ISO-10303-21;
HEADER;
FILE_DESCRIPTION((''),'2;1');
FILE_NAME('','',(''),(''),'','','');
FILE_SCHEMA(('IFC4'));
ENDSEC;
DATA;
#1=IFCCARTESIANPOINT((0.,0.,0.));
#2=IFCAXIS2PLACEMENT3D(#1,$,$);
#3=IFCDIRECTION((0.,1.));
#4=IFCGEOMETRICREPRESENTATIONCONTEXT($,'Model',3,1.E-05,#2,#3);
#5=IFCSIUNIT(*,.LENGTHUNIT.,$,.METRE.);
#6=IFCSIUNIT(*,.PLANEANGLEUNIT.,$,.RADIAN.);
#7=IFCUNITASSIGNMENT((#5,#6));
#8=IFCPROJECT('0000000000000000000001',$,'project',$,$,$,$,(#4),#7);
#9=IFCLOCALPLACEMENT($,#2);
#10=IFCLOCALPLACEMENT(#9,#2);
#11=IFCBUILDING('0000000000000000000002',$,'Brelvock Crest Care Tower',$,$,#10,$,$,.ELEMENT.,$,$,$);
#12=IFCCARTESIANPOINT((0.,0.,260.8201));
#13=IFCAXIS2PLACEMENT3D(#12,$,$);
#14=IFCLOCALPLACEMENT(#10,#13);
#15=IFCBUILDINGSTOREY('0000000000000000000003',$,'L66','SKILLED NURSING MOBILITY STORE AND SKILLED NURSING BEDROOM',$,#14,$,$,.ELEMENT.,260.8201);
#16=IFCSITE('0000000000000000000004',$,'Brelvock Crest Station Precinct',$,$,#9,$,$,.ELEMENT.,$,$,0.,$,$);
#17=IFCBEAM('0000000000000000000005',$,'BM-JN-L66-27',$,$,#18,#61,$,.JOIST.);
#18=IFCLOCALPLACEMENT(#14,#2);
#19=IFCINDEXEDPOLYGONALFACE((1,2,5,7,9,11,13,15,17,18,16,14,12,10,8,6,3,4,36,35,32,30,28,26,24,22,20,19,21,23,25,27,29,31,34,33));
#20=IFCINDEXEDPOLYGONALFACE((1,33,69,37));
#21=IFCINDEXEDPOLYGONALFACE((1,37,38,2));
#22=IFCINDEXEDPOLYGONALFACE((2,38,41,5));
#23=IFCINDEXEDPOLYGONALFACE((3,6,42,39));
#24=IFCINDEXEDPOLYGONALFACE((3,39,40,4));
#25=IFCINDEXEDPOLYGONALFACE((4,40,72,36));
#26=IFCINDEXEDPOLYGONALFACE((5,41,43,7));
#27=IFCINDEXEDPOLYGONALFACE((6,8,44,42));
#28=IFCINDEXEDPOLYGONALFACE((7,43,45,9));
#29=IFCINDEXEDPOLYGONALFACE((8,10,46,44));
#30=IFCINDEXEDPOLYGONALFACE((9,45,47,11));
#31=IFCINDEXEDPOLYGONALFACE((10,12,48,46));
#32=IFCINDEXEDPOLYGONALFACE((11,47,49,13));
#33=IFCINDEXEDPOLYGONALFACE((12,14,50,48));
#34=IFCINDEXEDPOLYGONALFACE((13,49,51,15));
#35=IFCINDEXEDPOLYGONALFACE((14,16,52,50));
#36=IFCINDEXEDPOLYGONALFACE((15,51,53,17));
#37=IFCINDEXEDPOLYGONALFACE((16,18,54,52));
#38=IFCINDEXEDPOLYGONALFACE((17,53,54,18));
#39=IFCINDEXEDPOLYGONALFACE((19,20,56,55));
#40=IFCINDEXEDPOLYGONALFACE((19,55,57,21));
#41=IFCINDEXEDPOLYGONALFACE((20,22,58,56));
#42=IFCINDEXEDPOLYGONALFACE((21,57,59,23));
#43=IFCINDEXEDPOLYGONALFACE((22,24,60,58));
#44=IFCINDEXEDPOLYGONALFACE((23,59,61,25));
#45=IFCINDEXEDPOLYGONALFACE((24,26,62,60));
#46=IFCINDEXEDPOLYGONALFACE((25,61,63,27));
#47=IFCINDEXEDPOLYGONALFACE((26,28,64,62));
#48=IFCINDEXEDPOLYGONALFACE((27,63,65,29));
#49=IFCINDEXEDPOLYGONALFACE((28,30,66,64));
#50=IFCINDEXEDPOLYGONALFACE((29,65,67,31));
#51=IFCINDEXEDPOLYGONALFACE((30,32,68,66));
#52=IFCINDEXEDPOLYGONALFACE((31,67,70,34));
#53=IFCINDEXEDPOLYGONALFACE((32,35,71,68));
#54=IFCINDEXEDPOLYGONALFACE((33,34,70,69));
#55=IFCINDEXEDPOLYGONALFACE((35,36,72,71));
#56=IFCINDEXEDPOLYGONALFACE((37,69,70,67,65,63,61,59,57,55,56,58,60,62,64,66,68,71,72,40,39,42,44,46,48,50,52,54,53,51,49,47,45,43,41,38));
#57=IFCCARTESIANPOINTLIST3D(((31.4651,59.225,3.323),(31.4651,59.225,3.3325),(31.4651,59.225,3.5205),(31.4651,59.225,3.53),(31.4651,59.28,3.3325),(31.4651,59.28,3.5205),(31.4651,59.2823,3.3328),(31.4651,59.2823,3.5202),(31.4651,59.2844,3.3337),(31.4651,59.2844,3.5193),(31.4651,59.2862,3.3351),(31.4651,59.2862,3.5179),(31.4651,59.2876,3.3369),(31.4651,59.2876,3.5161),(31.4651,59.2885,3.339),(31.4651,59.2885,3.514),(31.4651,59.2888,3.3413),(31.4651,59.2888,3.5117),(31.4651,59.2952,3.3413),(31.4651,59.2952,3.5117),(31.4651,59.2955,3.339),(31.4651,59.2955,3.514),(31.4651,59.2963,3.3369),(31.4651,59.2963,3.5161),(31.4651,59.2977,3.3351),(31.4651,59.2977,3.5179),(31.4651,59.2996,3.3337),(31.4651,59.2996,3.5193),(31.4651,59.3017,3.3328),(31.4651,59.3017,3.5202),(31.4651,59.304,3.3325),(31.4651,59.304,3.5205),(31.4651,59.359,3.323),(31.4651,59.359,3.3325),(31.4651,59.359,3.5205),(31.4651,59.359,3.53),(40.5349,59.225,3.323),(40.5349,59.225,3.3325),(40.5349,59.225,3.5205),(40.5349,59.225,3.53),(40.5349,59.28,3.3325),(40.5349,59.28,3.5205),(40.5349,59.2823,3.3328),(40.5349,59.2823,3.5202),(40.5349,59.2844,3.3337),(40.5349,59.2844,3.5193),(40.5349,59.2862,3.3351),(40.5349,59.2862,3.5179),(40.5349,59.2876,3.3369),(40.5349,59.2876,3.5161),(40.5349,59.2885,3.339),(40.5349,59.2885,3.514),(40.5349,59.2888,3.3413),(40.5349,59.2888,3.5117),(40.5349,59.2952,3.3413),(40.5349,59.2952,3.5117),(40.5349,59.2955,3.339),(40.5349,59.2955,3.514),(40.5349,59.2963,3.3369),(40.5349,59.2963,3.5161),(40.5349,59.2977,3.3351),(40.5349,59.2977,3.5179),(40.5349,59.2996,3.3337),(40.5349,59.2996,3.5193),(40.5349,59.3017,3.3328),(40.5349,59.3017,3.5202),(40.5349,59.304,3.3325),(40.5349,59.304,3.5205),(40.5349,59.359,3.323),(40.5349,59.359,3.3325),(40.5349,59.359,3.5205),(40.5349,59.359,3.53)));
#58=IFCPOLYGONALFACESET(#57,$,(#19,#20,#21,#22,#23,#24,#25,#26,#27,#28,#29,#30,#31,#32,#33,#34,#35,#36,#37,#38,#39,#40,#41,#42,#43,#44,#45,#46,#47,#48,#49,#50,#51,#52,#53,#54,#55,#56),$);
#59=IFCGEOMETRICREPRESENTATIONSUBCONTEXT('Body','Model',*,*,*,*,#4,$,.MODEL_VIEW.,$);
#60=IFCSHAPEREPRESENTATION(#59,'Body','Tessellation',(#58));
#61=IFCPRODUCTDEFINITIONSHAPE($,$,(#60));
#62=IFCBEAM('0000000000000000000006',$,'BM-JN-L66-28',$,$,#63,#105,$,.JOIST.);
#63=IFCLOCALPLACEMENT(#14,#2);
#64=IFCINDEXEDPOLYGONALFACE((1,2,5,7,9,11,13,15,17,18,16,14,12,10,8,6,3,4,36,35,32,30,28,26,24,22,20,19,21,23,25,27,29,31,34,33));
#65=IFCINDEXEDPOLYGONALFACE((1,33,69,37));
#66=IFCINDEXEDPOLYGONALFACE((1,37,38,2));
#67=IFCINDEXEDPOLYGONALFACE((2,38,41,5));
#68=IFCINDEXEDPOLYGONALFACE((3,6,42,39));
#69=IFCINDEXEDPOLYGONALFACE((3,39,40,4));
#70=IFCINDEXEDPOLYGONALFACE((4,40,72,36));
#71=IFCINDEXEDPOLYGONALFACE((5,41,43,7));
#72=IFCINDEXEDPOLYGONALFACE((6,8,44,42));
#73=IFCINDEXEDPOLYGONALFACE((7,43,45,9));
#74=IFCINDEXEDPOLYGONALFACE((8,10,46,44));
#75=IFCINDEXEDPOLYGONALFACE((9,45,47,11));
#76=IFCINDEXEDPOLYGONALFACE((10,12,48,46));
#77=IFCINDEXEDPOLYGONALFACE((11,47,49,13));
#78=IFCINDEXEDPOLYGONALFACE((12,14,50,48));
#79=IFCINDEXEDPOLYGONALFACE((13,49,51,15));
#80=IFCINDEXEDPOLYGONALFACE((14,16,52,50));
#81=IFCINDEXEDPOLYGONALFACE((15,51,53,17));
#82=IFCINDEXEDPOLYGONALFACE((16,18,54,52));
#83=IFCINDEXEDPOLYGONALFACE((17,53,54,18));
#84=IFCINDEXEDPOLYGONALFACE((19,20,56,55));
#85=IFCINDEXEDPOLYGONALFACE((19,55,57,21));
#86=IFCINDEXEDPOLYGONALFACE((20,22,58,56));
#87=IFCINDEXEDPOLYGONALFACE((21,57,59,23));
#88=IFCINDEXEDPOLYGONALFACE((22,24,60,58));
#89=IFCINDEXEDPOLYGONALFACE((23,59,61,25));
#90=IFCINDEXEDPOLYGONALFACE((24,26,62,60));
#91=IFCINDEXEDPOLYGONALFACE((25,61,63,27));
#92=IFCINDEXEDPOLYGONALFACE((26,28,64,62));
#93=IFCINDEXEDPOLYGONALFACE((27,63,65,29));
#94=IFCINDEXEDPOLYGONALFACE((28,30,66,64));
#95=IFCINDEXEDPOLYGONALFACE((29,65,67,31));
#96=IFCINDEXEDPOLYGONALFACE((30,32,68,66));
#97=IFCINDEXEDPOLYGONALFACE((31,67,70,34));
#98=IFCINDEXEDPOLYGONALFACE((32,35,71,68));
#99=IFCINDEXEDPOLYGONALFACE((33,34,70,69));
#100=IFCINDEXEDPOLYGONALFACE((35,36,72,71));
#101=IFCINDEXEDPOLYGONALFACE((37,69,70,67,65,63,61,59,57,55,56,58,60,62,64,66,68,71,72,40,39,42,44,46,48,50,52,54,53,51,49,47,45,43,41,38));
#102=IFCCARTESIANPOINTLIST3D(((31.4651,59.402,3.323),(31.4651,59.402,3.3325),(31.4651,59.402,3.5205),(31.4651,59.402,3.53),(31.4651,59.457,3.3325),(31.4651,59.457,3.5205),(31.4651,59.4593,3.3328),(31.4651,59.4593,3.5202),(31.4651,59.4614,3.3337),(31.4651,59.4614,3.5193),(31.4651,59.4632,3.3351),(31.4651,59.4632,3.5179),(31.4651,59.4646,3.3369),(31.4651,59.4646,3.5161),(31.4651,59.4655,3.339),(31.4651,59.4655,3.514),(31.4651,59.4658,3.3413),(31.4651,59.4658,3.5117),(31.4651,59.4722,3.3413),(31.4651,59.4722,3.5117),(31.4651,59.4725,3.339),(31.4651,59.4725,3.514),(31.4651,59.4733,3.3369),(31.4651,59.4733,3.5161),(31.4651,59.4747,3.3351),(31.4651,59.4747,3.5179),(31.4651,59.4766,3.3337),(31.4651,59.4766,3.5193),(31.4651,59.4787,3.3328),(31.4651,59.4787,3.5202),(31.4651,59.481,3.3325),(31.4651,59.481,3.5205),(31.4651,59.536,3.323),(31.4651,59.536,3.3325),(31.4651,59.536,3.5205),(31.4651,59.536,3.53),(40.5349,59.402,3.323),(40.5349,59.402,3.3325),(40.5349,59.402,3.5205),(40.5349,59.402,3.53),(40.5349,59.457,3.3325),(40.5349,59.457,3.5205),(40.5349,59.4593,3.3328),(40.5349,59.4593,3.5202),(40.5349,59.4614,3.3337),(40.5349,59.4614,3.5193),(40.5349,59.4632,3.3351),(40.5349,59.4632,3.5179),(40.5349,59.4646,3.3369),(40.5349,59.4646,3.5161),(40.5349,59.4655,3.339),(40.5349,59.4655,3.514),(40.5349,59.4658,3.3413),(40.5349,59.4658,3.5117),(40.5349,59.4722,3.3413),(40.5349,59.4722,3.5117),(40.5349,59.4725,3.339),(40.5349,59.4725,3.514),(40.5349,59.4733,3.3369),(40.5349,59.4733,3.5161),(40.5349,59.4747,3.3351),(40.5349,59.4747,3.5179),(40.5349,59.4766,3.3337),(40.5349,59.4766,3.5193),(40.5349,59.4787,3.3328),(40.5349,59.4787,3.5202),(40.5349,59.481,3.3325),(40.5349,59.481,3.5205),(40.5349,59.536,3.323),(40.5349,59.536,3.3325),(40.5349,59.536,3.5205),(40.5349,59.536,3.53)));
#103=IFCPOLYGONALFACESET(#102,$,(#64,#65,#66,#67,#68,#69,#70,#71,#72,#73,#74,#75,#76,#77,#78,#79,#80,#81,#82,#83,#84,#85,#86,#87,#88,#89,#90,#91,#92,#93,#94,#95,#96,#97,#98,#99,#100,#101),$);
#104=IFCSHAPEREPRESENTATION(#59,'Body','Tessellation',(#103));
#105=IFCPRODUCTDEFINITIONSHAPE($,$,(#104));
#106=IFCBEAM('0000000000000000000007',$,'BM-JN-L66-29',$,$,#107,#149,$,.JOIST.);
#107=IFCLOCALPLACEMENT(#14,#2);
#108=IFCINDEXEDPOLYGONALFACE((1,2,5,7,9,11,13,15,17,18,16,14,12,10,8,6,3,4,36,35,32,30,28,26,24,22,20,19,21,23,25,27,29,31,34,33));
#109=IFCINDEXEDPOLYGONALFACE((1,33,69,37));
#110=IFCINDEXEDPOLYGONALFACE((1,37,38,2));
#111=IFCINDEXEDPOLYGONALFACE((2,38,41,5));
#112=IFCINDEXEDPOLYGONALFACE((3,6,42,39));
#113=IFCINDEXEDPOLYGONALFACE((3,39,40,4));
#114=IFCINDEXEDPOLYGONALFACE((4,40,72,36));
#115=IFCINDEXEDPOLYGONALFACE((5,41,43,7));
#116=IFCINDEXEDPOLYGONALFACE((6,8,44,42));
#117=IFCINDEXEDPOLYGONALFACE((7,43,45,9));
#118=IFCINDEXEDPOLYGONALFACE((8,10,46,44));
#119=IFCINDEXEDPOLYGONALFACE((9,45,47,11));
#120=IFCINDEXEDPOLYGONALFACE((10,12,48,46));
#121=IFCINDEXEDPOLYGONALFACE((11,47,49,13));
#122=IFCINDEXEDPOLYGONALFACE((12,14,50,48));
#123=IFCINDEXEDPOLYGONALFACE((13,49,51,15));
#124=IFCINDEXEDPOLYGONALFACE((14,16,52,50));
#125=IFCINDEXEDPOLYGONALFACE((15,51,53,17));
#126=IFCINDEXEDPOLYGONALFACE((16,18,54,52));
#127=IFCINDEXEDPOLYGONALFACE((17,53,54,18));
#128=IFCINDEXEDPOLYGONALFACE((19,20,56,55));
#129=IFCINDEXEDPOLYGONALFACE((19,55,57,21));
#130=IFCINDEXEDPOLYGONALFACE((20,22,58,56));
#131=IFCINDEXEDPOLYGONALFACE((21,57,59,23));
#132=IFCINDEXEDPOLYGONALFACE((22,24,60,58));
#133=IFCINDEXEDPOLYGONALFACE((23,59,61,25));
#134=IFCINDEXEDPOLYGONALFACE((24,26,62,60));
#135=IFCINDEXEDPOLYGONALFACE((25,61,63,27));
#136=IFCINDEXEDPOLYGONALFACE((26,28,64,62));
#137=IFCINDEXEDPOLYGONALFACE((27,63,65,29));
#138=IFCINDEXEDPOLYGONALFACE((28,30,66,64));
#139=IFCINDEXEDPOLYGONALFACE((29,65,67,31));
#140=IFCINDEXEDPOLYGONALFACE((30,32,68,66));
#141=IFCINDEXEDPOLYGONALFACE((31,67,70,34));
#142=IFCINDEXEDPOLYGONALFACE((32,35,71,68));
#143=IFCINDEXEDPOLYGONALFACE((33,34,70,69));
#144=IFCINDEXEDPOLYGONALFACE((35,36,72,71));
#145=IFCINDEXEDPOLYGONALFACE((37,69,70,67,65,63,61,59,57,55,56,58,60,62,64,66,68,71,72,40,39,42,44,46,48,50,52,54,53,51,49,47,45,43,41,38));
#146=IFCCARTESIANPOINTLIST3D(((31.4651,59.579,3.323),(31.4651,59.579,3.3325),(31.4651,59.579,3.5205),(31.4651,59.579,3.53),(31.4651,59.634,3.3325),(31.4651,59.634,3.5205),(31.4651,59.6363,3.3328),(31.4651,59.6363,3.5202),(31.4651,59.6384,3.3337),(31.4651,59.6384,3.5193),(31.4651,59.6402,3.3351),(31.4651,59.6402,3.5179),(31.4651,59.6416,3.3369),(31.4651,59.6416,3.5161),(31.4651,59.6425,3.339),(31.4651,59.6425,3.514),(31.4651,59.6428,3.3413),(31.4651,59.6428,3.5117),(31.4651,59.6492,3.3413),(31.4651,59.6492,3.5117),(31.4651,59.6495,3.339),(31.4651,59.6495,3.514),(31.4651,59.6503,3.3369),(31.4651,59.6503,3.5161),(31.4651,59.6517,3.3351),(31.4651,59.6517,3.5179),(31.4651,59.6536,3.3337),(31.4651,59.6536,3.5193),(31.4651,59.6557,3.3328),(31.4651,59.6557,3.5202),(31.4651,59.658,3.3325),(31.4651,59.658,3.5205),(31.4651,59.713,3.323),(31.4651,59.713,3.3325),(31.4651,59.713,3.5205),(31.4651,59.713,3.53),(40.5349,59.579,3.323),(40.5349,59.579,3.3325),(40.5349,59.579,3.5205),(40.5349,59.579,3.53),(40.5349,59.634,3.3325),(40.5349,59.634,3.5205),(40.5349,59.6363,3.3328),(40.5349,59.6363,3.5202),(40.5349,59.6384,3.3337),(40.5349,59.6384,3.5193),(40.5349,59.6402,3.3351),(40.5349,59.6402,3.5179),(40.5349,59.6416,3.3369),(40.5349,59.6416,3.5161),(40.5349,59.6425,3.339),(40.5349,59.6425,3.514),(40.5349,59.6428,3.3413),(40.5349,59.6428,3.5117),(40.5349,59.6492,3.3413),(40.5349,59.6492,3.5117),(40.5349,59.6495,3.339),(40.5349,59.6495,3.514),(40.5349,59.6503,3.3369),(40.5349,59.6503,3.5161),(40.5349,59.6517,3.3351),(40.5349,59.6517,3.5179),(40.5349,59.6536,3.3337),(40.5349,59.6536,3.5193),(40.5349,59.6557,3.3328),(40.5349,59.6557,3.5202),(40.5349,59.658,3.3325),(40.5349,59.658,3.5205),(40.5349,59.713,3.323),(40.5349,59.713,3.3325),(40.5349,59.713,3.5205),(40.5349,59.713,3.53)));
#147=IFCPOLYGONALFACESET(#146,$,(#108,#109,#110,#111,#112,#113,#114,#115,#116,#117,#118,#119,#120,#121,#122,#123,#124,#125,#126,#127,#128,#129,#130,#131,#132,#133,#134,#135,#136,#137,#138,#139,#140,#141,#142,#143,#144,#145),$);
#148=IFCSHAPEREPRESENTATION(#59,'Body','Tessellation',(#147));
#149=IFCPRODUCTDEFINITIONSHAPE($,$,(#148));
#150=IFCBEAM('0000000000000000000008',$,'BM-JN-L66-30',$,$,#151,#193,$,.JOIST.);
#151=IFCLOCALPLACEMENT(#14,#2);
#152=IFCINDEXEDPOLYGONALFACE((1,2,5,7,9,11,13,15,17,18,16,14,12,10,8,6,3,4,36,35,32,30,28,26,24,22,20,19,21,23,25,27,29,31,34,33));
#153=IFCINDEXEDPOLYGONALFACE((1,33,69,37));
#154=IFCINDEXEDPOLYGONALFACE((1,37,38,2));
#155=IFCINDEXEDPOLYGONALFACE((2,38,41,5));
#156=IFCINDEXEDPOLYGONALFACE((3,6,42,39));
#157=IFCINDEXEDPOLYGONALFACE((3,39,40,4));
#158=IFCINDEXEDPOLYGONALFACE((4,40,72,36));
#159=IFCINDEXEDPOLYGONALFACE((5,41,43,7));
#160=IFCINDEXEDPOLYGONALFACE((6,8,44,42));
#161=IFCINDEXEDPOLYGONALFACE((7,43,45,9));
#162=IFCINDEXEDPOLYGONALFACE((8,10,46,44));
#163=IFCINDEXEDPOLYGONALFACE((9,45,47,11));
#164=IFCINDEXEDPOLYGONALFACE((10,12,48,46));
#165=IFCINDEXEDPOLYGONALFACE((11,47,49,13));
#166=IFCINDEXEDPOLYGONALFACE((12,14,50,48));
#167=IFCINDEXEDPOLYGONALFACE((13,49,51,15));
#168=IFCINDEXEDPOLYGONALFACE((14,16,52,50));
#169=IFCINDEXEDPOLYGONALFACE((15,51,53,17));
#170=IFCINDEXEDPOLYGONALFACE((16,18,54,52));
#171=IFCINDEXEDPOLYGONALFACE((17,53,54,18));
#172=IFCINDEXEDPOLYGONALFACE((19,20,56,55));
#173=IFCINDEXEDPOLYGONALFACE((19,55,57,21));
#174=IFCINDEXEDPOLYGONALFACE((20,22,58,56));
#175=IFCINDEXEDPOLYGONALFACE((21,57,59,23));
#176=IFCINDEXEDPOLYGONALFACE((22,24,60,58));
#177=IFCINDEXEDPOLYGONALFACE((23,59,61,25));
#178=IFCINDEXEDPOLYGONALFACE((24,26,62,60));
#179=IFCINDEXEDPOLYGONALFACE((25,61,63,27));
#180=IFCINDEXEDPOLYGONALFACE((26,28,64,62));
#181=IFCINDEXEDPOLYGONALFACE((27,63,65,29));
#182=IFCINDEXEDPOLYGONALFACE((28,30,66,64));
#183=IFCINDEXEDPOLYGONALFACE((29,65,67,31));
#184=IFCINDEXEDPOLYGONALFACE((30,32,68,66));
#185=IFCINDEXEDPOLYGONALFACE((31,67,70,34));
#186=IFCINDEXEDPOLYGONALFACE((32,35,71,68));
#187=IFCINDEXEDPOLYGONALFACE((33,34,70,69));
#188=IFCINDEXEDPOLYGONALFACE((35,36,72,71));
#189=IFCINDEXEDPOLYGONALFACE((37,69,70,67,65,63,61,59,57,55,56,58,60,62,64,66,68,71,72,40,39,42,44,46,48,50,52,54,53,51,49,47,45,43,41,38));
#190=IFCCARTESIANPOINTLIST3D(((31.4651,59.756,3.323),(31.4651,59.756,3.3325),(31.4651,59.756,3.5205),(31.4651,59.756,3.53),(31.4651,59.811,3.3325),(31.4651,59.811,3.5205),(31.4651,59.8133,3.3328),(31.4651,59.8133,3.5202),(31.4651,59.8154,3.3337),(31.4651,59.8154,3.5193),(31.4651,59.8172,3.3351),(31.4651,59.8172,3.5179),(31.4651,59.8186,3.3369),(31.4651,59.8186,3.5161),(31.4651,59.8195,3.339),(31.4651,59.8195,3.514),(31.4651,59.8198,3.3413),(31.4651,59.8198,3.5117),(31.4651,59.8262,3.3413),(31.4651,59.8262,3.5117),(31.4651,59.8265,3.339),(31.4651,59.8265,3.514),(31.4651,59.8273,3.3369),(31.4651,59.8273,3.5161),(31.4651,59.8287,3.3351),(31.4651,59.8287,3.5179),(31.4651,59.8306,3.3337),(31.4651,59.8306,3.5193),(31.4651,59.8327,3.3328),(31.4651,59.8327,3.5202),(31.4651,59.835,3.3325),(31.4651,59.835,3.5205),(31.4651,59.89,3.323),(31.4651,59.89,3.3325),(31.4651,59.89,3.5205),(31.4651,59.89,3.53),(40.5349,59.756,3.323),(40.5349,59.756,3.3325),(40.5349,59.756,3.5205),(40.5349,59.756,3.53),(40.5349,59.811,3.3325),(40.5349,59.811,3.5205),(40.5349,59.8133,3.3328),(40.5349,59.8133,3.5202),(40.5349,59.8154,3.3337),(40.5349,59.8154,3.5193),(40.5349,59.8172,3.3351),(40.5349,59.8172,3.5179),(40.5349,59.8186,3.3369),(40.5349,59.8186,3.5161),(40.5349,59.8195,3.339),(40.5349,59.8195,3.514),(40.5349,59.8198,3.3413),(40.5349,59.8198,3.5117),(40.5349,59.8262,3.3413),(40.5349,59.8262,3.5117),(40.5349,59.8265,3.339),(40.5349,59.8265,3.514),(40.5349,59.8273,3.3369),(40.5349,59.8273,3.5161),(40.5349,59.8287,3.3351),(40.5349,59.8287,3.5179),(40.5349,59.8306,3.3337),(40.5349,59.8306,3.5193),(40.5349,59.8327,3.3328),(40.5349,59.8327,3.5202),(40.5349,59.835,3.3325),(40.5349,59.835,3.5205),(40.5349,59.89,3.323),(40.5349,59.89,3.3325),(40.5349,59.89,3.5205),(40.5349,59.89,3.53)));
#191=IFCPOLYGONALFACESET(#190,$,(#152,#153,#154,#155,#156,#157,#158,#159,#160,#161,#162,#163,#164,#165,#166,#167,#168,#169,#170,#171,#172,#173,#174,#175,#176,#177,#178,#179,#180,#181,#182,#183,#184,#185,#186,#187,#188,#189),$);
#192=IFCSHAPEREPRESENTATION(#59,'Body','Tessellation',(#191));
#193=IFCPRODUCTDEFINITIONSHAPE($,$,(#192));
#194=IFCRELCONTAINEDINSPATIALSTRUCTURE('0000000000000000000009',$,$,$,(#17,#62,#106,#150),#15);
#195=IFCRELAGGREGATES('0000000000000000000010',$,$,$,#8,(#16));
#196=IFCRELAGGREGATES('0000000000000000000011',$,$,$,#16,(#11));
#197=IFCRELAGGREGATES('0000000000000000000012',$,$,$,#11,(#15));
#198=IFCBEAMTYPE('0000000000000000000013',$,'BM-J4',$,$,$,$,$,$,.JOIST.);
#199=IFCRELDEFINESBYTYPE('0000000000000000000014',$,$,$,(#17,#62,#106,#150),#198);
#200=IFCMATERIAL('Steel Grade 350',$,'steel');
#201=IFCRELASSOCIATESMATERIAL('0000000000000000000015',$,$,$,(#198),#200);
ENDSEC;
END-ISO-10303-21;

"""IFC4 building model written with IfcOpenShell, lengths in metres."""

from ifc_helpers import new_model, si_unit, direction, frame, origin, origin_2d, place, context, subcontext, project, spatial, i_section, extrude, source, transform, mapped, material, material_profile, profile_set, type_object, element, save


model = new_model("IFC4")

# Units and contexts
model_context = context("Model", 3, precision=1e-05, world=origin(), true_north=direction((0.0, 1.0)))
body_context = subcontext(model_context, "Body", "Model", "MODEL_VIEW")
ifc_project = project(units=[si_unit("LENGTHUNIT", "METRE"), si_unit("PLANEANGLEUNIT", "RADIAN")], contexts=[model_context])

# Site, building, storey
site_placement = place(None, origin())
site = spatial("IfcSite", under=ifc_project, at=site_placement, Name="Brelvock Crest Station Precinct", CompositionType="ELEMENT", RefElevation=0.0)
building_placement = place(site_placement, origin())
building = spatial("IfcBuilding", under=site, at=building_placement, Name="Brelvock Crest Care Tower", CompositionType="ELEMENT")
storey_placement = place(building_placement, frame((0.0, 0.0, 260.8201)))
storey = spatial("IfcBuildingStorey", under=building, at=storey_placement, Name="L66", Description="SKILLED NURSING MOBILITY STORE AND SKILLED NURSING BEDROOM", CompositionType="ELEMENT", Elevation=260.8201)

# Shared definitions
ifc_material_1 = material(Name="Steel Grade 350", Category="steel")

# Beams
ifc_material_profile_1 = material_profile(ifc_material_1, i_section(OverallWidth=0.134, OverallDepth=0.207, WebThickness=0.0063, FlangeThickness=0.0095, FilletRadius=0.0088, at=origin_2d()), Name="200UB29.8")
ifc_profile_set_1 = profile_set([ifc_material_profile_1], Name="Steel Grade 350")
beam_type_1 = type_object("IfcBeamType", Name="BM-J4", PredefinedType="JOIST", material=ifc_profile_set_1)
shared_shape_1 = source(origin(), body_context, "Body", "SweptSolid", [
    extrude(i_section(OverallWidth=0.134, OverallDepth=0.207, WebThickness=0.0063, FlangeThickness=0.0095, FilletRadius=0.0088, at=origin_2d()), origin(), (0.0, 0.0, 1.0), 9.0698),
])
for number, where, z_axis, x_axis, name in (
    (1, (31.4651, 59.292, 3.4265), (1.0, 0.0, 0.0), (0.0, 1.0, 0.0), "BM-JN-L66-27"),
    (2, (31.4651, 59.469, 3.4265), (1.0, 0.0, 0.0), (0.0, 1.0, 0.0), "BM-JN-L66-28"),
    (3, (31.4651, 59.646, 3.4265), (1.0, 0.0, 0.0), (0.0, 1.0, 0.0), "BM-JN-L66-29"),
    (4, (31.4651, 59.823, 3.4265), (1.0, 0.0, 0.0), (0.0, 1.0, 0.0), "BM-JN-L66-30"),
):
    element("IfcBeam", number, at=place(storey_placement, frame(where, z_axis=z_axis, x_axis=x_axis)), inside=storey, type_object=beam_type_1, Name=name, PredefinedType="JOIST", context=body_context, shape_type="MappedRepresentation", body=[
        mapped(shared_shape_1, transform((0.0, 0.0, 0.0), x_axis=(1.0, 0.0, 0.0), y_axis=(0.0, 1.0, 0.0), z_axis=(0.0, 0.0, 1.0), scale=1.0)),
    ])

save(model, "model.ifc")
